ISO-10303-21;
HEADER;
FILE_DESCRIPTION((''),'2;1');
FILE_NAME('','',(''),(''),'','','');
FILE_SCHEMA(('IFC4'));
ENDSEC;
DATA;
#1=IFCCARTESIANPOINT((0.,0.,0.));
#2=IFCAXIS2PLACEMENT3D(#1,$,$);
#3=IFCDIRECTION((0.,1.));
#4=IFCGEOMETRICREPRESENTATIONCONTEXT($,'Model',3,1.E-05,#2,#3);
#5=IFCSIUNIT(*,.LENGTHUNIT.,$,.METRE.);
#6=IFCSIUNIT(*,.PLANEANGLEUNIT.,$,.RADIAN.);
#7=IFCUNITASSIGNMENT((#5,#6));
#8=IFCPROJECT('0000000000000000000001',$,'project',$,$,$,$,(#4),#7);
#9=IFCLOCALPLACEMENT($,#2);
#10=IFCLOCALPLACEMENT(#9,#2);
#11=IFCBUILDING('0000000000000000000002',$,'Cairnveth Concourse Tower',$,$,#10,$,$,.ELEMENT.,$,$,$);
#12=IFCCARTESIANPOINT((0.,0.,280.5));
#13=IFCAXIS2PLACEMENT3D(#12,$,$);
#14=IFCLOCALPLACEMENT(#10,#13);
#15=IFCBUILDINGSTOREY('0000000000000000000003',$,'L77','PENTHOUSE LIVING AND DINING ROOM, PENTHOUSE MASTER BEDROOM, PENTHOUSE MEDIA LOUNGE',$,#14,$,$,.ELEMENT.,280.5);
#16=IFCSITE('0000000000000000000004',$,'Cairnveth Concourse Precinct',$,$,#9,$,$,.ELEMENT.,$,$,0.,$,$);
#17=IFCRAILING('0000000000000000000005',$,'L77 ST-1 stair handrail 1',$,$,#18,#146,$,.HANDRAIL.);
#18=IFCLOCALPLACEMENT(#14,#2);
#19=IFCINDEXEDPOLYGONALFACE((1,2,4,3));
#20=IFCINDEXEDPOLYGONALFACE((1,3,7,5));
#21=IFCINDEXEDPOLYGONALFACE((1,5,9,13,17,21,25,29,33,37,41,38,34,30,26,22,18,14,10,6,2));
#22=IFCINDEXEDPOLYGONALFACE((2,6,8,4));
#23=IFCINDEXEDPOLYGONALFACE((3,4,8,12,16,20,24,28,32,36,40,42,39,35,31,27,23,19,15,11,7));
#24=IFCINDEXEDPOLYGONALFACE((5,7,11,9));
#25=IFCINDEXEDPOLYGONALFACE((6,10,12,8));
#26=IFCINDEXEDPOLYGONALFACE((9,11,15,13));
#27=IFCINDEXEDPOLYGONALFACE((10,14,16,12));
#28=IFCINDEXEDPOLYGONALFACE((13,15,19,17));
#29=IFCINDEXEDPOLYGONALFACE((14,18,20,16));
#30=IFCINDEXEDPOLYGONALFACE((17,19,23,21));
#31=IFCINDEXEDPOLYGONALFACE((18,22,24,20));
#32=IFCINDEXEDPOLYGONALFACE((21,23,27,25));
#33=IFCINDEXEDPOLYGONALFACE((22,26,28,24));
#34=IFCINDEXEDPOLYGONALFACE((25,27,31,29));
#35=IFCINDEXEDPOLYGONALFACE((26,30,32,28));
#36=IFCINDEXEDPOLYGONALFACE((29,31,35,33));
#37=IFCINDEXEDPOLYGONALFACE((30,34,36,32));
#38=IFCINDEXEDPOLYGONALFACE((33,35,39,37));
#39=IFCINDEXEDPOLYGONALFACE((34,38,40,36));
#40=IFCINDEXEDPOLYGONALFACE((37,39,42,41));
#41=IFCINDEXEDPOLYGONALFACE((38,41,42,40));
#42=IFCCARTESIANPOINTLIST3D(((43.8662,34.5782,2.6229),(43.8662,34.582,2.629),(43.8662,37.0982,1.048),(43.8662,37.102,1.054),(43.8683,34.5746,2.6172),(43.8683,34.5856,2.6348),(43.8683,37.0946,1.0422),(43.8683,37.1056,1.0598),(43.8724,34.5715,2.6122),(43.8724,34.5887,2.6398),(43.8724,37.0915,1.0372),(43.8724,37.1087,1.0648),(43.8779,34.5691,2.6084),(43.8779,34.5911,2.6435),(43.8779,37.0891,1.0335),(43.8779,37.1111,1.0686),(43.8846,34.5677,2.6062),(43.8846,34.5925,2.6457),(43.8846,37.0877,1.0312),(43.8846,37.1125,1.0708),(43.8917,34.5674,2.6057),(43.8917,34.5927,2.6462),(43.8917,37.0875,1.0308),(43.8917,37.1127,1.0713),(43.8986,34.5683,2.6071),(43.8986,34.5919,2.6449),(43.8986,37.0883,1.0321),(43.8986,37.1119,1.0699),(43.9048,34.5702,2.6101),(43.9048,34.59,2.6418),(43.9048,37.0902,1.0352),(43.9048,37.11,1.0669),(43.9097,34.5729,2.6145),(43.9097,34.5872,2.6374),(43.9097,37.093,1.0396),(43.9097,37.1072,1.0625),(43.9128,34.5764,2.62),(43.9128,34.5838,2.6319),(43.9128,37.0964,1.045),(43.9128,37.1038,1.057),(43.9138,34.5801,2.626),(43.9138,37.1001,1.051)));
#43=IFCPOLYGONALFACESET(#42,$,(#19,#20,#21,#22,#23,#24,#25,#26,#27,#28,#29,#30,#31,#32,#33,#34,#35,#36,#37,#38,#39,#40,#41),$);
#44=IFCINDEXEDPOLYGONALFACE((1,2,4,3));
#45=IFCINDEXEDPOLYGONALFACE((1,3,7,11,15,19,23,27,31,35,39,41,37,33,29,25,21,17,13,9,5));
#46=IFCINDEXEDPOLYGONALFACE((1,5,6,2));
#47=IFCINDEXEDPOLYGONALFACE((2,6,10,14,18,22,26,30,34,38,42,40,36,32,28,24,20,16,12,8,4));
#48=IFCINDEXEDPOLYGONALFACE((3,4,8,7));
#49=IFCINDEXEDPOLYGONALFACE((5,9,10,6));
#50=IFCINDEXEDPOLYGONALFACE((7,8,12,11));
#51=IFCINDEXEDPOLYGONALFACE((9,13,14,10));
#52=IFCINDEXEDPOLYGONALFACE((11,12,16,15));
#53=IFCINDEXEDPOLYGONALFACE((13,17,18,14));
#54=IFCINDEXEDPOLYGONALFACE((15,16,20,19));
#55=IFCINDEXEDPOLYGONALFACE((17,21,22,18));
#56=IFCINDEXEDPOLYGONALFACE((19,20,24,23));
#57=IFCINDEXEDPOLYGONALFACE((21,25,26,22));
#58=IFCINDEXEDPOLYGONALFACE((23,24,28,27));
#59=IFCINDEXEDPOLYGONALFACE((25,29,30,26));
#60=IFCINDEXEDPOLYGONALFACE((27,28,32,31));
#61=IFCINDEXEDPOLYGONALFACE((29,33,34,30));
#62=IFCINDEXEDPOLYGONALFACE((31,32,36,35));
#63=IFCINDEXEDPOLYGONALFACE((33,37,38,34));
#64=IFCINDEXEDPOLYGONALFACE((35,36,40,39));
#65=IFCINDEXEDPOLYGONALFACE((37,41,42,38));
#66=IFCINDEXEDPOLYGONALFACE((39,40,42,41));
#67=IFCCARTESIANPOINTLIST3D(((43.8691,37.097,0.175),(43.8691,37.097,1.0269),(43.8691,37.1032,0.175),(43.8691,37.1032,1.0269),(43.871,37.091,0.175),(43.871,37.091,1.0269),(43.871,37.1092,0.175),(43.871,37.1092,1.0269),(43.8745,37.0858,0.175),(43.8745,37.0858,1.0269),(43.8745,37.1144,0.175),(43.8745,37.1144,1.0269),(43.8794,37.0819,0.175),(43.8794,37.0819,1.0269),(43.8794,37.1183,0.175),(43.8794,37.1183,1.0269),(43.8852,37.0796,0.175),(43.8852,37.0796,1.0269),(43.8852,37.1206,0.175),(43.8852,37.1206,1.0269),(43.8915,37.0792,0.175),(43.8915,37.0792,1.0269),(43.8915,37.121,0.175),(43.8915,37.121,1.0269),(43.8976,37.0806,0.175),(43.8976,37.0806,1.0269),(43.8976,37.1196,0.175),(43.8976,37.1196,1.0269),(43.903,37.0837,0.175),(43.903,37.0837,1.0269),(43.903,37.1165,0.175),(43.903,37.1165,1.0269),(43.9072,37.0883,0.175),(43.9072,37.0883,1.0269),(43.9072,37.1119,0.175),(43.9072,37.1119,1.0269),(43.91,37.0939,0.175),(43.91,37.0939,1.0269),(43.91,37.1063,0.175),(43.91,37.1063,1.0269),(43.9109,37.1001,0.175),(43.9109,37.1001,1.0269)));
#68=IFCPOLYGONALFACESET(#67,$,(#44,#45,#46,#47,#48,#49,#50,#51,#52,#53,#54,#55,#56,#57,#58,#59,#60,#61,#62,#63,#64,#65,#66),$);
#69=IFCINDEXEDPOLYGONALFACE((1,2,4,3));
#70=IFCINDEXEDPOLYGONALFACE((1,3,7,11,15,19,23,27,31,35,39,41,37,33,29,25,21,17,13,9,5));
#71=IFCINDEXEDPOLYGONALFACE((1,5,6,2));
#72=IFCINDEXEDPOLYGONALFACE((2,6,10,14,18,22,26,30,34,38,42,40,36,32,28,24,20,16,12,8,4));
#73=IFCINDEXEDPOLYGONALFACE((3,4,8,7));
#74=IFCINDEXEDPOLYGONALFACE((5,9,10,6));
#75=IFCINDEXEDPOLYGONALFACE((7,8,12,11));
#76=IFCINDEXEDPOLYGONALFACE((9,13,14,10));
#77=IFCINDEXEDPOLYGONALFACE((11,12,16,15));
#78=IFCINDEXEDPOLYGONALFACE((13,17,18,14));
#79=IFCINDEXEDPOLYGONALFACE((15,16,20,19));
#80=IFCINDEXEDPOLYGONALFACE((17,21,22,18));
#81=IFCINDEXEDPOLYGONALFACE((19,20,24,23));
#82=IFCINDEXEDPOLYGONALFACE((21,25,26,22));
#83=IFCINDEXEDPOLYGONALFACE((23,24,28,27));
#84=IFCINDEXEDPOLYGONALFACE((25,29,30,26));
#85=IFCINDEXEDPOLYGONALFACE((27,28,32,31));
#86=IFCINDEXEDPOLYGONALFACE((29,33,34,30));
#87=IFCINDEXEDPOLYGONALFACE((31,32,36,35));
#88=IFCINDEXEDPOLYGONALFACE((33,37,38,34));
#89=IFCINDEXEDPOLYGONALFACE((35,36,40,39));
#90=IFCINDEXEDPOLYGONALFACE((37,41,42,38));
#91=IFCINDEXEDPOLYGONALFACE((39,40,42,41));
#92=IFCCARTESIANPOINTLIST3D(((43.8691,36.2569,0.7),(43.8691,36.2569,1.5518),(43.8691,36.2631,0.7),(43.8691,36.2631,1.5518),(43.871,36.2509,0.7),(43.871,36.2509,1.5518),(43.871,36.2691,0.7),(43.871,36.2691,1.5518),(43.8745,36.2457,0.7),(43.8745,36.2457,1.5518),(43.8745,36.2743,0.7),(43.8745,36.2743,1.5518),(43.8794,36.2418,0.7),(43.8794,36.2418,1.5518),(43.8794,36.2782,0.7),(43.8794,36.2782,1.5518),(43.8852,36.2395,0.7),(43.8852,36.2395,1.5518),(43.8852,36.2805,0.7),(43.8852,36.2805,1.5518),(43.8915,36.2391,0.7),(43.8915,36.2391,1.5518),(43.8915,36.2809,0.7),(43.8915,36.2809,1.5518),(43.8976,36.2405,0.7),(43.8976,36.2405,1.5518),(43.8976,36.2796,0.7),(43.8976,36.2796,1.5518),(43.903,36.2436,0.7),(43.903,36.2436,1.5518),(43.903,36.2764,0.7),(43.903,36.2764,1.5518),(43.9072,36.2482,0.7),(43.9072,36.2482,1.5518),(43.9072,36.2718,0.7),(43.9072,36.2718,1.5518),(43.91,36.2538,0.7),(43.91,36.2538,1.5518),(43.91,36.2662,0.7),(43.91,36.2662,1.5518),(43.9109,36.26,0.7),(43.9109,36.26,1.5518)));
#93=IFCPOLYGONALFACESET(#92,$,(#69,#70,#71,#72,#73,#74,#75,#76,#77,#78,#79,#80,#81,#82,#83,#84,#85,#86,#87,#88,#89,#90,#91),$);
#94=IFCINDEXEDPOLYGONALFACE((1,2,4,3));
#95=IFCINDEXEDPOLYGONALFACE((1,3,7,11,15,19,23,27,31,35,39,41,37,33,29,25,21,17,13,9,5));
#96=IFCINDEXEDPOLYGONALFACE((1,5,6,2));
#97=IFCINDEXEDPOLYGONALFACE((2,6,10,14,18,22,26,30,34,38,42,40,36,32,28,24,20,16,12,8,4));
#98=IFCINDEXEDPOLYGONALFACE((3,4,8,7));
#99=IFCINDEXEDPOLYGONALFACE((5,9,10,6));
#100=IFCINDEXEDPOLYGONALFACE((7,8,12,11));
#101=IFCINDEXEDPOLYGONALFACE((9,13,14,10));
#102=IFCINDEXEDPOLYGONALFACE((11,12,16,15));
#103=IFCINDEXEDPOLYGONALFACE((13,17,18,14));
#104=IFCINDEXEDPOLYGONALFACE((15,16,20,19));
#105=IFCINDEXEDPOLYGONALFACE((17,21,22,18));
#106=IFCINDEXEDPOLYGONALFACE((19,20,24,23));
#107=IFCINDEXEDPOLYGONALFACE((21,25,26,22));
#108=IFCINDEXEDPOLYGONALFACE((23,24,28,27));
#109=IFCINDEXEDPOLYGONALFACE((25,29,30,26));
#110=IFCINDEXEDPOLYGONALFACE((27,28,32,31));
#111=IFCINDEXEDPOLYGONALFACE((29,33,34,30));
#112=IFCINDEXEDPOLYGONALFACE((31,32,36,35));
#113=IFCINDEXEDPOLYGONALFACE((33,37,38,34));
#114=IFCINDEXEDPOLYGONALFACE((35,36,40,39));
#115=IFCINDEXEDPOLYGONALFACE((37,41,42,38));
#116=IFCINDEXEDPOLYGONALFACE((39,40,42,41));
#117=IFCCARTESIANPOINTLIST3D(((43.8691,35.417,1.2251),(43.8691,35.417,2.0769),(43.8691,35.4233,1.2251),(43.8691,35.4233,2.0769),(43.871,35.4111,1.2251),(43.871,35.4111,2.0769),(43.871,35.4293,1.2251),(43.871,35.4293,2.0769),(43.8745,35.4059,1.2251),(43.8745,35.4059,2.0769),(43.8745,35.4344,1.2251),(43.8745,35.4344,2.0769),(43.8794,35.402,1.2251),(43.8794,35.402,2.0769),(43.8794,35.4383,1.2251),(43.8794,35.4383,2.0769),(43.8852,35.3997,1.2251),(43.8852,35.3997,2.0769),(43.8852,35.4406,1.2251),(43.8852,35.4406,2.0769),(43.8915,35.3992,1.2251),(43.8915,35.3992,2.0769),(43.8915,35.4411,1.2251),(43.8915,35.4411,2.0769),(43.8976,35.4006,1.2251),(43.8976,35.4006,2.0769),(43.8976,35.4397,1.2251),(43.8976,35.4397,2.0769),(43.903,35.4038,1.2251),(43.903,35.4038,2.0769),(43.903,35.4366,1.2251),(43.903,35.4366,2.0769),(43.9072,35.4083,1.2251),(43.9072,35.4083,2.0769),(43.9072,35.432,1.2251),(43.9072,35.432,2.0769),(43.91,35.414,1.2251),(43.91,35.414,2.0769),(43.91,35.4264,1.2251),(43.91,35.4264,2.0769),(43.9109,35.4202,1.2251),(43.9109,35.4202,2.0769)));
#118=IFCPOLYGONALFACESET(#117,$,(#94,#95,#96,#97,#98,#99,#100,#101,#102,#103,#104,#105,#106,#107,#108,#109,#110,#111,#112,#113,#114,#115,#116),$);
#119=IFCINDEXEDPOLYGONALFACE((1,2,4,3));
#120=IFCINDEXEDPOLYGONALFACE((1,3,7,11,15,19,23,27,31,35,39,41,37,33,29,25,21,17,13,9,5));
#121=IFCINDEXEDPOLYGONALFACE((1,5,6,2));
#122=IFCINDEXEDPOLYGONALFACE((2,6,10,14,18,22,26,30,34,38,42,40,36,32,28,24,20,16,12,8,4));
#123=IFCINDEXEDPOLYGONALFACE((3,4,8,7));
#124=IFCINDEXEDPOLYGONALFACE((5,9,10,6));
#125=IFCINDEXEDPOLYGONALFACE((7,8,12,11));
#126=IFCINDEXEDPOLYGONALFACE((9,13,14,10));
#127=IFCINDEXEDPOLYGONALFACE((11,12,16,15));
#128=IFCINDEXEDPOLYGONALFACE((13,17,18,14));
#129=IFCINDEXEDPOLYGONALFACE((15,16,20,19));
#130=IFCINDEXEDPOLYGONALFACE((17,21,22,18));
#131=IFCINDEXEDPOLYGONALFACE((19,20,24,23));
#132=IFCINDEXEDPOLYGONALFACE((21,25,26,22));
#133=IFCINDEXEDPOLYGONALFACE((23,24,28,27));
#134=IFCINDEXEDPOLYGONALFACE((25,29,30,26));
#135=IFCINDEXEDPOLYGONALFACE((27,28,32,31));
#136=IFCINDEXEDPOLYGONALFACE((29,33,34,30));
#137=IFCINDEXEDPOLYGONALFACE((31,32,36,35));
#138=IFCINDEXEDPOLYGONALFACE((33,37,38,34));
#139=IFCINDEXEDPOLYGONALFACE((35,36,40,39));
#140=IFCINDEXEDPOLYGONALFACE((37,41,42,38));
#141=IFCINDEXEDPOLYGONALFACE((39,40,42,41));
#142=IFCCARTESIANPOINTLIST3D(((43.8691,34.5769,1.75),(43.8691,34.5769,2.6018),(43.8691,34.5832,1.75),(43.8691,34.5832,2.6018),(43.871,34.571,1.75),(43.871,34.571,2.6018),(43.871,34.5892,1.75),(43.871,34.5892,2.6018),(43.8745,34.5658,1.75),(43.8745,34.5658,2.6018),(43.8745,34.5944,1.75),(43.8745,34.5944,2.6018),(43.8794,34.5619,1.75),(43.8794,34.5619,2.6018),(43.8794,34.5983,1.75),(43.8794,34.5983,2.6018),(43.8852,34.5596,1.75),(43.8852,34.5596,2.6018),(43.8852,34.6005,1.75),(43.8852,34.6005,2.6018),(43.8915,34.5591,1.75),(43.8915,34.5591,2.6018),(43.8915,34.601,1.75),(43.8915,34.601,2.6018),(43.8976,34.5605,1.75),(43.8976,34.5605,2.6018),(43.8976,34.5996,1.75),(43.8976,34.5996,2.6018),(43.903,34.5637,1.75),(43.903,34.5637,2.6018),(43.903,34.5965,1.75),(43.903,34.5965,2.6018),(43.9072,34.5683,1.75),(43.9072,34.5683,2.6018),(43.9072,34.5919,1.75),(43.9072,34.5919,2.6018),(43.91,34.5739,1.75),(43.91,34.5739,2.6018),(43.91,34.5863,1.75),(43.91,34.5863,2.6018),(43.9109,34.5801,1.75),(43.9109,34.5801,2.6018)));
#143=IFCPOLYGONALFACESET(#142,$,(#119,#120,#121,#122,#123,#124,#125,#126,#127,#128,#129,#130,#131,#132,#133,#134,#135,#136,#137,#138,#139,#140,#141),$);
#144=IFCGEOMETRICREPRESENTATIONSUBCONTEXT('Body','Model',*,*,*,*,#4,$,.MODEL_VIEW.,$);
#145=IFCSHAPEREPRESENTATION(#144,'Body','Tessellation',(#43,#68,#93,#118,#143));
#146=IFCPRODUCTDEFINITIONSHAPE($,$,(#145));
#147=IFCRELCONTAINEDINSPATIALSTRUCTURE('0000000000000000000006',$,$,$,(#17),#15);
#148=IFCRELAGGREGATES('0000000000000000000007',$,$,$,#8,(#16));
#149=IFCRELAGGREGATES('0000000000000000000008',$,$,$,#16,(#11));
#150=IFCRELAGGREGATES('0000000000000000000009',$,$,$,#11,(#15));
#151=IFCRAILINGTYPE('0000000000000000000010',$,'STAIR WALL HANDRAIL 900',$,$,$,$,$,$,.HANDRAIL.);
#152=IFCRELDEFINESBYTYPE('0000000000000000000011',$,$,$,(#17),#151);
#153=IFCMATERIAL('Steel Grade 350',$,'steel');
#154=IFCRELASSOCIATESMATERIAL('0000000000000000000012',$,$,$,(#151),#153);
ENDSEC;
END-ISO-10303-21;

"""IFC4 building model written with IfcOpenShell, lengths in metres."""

from ifc_helpers import new_model, si_unit, direction, frame, origin, origin_2d, place, context, subcontext, project, spatial, circle, extrude, material, type_object, element, save


model = new_model("IFC4")

# Units and contexts
model_context = context("Model", 3, precision=1e-05, world=origin(), true_north=direction((0.0, 1.0)))
body_context = subcontext(model_context, "Body", "Model", "MODEL_VIEW")
ifc_project = project(units=[si_unit("LENGTHUNIT", "METRE"), si_unit("PLANEANGLEUNIT", "RADIAN")], contexts=[model_context])

# Site, building, storey
site_placement = place(None, origin())
site = spatial("IfcSite", under=ifc_project, at=site_placement, Name="Cairnveth Concourse Precinct", CompositionType="ELEMENT", RefElevation=0.0)
building_placement = place(site_placement, origin())
building = spatial("IfcBuilding", under=site, at=building_placement, Name="Cairnveth Concourse Tower", CompositionType="ELEMENT")
storey_placement = place(building_placement, frame((0.0, 0.0, 280.5)))
storey = spatial("IfcBuildingStorey", under=building, at=storey_placement, Name="L77", Description="PENTHOUSE LIVING AND DINING ROOM, PENTHOUSE MASTER BEDROOM, PENTHOUSE MEDIA LOUNGE", CompositionType="ELEMENT", Elevation=280.5)

# Shared definitions
ifc_material_1 = material(Name="Steel Grade 350", Category="steel")

# Railing
railing_type_1 = type_object("IfcRailingType", Name="STAIR WALL HANDRAIL 900", PredefinedType="HANDRAIL", material=ifc_material_1)
railing_1_placement = place(storey_placement, frame((43.8899, 37.1001, 0.175)))
element("IfcRailing", 1, at=railing_1_placement, inside=storey, type_object=railing_type_1, Name="L77 ST-1 stair handrail 1", PredefinedType="HANDRAIL", context=body_context, shape_type="SweptSolid", body=[
    extrude(circle(Radius=0.0239, at=origin_2d()), frame((0.0, 0.0, 0.876), z_axis=(0.0, -0.848008, 0.529984), x_axis=(1.0, 0.0, 0.0)), (0.0, 0.0, 1.0), 2.9717),
    extrude(circle(Radius=0.021, at=origin_2d()), origin(), (0.0, 0.0, 1.0), 0.8518),
    extrude(circle(Radius=0.021, at=origin_2d()), frame((0.0, -0.8401, 0.5249)), (0.0, 0.0, 1.0), 0.8518),
    extrude(circle(Radius=0.021, at=origin_2d()), frame((0.0, -1.6799, 1.05)), (0.0, 0.0, 1.0), 0.8518),
    extrude(circle(Radius=0.021, at=origin_2d()), frame((0.0, -2.52, 1.575)), (0.0, 0.0, 1.0), 0.8518),
])

save(model, "model.ifc")
